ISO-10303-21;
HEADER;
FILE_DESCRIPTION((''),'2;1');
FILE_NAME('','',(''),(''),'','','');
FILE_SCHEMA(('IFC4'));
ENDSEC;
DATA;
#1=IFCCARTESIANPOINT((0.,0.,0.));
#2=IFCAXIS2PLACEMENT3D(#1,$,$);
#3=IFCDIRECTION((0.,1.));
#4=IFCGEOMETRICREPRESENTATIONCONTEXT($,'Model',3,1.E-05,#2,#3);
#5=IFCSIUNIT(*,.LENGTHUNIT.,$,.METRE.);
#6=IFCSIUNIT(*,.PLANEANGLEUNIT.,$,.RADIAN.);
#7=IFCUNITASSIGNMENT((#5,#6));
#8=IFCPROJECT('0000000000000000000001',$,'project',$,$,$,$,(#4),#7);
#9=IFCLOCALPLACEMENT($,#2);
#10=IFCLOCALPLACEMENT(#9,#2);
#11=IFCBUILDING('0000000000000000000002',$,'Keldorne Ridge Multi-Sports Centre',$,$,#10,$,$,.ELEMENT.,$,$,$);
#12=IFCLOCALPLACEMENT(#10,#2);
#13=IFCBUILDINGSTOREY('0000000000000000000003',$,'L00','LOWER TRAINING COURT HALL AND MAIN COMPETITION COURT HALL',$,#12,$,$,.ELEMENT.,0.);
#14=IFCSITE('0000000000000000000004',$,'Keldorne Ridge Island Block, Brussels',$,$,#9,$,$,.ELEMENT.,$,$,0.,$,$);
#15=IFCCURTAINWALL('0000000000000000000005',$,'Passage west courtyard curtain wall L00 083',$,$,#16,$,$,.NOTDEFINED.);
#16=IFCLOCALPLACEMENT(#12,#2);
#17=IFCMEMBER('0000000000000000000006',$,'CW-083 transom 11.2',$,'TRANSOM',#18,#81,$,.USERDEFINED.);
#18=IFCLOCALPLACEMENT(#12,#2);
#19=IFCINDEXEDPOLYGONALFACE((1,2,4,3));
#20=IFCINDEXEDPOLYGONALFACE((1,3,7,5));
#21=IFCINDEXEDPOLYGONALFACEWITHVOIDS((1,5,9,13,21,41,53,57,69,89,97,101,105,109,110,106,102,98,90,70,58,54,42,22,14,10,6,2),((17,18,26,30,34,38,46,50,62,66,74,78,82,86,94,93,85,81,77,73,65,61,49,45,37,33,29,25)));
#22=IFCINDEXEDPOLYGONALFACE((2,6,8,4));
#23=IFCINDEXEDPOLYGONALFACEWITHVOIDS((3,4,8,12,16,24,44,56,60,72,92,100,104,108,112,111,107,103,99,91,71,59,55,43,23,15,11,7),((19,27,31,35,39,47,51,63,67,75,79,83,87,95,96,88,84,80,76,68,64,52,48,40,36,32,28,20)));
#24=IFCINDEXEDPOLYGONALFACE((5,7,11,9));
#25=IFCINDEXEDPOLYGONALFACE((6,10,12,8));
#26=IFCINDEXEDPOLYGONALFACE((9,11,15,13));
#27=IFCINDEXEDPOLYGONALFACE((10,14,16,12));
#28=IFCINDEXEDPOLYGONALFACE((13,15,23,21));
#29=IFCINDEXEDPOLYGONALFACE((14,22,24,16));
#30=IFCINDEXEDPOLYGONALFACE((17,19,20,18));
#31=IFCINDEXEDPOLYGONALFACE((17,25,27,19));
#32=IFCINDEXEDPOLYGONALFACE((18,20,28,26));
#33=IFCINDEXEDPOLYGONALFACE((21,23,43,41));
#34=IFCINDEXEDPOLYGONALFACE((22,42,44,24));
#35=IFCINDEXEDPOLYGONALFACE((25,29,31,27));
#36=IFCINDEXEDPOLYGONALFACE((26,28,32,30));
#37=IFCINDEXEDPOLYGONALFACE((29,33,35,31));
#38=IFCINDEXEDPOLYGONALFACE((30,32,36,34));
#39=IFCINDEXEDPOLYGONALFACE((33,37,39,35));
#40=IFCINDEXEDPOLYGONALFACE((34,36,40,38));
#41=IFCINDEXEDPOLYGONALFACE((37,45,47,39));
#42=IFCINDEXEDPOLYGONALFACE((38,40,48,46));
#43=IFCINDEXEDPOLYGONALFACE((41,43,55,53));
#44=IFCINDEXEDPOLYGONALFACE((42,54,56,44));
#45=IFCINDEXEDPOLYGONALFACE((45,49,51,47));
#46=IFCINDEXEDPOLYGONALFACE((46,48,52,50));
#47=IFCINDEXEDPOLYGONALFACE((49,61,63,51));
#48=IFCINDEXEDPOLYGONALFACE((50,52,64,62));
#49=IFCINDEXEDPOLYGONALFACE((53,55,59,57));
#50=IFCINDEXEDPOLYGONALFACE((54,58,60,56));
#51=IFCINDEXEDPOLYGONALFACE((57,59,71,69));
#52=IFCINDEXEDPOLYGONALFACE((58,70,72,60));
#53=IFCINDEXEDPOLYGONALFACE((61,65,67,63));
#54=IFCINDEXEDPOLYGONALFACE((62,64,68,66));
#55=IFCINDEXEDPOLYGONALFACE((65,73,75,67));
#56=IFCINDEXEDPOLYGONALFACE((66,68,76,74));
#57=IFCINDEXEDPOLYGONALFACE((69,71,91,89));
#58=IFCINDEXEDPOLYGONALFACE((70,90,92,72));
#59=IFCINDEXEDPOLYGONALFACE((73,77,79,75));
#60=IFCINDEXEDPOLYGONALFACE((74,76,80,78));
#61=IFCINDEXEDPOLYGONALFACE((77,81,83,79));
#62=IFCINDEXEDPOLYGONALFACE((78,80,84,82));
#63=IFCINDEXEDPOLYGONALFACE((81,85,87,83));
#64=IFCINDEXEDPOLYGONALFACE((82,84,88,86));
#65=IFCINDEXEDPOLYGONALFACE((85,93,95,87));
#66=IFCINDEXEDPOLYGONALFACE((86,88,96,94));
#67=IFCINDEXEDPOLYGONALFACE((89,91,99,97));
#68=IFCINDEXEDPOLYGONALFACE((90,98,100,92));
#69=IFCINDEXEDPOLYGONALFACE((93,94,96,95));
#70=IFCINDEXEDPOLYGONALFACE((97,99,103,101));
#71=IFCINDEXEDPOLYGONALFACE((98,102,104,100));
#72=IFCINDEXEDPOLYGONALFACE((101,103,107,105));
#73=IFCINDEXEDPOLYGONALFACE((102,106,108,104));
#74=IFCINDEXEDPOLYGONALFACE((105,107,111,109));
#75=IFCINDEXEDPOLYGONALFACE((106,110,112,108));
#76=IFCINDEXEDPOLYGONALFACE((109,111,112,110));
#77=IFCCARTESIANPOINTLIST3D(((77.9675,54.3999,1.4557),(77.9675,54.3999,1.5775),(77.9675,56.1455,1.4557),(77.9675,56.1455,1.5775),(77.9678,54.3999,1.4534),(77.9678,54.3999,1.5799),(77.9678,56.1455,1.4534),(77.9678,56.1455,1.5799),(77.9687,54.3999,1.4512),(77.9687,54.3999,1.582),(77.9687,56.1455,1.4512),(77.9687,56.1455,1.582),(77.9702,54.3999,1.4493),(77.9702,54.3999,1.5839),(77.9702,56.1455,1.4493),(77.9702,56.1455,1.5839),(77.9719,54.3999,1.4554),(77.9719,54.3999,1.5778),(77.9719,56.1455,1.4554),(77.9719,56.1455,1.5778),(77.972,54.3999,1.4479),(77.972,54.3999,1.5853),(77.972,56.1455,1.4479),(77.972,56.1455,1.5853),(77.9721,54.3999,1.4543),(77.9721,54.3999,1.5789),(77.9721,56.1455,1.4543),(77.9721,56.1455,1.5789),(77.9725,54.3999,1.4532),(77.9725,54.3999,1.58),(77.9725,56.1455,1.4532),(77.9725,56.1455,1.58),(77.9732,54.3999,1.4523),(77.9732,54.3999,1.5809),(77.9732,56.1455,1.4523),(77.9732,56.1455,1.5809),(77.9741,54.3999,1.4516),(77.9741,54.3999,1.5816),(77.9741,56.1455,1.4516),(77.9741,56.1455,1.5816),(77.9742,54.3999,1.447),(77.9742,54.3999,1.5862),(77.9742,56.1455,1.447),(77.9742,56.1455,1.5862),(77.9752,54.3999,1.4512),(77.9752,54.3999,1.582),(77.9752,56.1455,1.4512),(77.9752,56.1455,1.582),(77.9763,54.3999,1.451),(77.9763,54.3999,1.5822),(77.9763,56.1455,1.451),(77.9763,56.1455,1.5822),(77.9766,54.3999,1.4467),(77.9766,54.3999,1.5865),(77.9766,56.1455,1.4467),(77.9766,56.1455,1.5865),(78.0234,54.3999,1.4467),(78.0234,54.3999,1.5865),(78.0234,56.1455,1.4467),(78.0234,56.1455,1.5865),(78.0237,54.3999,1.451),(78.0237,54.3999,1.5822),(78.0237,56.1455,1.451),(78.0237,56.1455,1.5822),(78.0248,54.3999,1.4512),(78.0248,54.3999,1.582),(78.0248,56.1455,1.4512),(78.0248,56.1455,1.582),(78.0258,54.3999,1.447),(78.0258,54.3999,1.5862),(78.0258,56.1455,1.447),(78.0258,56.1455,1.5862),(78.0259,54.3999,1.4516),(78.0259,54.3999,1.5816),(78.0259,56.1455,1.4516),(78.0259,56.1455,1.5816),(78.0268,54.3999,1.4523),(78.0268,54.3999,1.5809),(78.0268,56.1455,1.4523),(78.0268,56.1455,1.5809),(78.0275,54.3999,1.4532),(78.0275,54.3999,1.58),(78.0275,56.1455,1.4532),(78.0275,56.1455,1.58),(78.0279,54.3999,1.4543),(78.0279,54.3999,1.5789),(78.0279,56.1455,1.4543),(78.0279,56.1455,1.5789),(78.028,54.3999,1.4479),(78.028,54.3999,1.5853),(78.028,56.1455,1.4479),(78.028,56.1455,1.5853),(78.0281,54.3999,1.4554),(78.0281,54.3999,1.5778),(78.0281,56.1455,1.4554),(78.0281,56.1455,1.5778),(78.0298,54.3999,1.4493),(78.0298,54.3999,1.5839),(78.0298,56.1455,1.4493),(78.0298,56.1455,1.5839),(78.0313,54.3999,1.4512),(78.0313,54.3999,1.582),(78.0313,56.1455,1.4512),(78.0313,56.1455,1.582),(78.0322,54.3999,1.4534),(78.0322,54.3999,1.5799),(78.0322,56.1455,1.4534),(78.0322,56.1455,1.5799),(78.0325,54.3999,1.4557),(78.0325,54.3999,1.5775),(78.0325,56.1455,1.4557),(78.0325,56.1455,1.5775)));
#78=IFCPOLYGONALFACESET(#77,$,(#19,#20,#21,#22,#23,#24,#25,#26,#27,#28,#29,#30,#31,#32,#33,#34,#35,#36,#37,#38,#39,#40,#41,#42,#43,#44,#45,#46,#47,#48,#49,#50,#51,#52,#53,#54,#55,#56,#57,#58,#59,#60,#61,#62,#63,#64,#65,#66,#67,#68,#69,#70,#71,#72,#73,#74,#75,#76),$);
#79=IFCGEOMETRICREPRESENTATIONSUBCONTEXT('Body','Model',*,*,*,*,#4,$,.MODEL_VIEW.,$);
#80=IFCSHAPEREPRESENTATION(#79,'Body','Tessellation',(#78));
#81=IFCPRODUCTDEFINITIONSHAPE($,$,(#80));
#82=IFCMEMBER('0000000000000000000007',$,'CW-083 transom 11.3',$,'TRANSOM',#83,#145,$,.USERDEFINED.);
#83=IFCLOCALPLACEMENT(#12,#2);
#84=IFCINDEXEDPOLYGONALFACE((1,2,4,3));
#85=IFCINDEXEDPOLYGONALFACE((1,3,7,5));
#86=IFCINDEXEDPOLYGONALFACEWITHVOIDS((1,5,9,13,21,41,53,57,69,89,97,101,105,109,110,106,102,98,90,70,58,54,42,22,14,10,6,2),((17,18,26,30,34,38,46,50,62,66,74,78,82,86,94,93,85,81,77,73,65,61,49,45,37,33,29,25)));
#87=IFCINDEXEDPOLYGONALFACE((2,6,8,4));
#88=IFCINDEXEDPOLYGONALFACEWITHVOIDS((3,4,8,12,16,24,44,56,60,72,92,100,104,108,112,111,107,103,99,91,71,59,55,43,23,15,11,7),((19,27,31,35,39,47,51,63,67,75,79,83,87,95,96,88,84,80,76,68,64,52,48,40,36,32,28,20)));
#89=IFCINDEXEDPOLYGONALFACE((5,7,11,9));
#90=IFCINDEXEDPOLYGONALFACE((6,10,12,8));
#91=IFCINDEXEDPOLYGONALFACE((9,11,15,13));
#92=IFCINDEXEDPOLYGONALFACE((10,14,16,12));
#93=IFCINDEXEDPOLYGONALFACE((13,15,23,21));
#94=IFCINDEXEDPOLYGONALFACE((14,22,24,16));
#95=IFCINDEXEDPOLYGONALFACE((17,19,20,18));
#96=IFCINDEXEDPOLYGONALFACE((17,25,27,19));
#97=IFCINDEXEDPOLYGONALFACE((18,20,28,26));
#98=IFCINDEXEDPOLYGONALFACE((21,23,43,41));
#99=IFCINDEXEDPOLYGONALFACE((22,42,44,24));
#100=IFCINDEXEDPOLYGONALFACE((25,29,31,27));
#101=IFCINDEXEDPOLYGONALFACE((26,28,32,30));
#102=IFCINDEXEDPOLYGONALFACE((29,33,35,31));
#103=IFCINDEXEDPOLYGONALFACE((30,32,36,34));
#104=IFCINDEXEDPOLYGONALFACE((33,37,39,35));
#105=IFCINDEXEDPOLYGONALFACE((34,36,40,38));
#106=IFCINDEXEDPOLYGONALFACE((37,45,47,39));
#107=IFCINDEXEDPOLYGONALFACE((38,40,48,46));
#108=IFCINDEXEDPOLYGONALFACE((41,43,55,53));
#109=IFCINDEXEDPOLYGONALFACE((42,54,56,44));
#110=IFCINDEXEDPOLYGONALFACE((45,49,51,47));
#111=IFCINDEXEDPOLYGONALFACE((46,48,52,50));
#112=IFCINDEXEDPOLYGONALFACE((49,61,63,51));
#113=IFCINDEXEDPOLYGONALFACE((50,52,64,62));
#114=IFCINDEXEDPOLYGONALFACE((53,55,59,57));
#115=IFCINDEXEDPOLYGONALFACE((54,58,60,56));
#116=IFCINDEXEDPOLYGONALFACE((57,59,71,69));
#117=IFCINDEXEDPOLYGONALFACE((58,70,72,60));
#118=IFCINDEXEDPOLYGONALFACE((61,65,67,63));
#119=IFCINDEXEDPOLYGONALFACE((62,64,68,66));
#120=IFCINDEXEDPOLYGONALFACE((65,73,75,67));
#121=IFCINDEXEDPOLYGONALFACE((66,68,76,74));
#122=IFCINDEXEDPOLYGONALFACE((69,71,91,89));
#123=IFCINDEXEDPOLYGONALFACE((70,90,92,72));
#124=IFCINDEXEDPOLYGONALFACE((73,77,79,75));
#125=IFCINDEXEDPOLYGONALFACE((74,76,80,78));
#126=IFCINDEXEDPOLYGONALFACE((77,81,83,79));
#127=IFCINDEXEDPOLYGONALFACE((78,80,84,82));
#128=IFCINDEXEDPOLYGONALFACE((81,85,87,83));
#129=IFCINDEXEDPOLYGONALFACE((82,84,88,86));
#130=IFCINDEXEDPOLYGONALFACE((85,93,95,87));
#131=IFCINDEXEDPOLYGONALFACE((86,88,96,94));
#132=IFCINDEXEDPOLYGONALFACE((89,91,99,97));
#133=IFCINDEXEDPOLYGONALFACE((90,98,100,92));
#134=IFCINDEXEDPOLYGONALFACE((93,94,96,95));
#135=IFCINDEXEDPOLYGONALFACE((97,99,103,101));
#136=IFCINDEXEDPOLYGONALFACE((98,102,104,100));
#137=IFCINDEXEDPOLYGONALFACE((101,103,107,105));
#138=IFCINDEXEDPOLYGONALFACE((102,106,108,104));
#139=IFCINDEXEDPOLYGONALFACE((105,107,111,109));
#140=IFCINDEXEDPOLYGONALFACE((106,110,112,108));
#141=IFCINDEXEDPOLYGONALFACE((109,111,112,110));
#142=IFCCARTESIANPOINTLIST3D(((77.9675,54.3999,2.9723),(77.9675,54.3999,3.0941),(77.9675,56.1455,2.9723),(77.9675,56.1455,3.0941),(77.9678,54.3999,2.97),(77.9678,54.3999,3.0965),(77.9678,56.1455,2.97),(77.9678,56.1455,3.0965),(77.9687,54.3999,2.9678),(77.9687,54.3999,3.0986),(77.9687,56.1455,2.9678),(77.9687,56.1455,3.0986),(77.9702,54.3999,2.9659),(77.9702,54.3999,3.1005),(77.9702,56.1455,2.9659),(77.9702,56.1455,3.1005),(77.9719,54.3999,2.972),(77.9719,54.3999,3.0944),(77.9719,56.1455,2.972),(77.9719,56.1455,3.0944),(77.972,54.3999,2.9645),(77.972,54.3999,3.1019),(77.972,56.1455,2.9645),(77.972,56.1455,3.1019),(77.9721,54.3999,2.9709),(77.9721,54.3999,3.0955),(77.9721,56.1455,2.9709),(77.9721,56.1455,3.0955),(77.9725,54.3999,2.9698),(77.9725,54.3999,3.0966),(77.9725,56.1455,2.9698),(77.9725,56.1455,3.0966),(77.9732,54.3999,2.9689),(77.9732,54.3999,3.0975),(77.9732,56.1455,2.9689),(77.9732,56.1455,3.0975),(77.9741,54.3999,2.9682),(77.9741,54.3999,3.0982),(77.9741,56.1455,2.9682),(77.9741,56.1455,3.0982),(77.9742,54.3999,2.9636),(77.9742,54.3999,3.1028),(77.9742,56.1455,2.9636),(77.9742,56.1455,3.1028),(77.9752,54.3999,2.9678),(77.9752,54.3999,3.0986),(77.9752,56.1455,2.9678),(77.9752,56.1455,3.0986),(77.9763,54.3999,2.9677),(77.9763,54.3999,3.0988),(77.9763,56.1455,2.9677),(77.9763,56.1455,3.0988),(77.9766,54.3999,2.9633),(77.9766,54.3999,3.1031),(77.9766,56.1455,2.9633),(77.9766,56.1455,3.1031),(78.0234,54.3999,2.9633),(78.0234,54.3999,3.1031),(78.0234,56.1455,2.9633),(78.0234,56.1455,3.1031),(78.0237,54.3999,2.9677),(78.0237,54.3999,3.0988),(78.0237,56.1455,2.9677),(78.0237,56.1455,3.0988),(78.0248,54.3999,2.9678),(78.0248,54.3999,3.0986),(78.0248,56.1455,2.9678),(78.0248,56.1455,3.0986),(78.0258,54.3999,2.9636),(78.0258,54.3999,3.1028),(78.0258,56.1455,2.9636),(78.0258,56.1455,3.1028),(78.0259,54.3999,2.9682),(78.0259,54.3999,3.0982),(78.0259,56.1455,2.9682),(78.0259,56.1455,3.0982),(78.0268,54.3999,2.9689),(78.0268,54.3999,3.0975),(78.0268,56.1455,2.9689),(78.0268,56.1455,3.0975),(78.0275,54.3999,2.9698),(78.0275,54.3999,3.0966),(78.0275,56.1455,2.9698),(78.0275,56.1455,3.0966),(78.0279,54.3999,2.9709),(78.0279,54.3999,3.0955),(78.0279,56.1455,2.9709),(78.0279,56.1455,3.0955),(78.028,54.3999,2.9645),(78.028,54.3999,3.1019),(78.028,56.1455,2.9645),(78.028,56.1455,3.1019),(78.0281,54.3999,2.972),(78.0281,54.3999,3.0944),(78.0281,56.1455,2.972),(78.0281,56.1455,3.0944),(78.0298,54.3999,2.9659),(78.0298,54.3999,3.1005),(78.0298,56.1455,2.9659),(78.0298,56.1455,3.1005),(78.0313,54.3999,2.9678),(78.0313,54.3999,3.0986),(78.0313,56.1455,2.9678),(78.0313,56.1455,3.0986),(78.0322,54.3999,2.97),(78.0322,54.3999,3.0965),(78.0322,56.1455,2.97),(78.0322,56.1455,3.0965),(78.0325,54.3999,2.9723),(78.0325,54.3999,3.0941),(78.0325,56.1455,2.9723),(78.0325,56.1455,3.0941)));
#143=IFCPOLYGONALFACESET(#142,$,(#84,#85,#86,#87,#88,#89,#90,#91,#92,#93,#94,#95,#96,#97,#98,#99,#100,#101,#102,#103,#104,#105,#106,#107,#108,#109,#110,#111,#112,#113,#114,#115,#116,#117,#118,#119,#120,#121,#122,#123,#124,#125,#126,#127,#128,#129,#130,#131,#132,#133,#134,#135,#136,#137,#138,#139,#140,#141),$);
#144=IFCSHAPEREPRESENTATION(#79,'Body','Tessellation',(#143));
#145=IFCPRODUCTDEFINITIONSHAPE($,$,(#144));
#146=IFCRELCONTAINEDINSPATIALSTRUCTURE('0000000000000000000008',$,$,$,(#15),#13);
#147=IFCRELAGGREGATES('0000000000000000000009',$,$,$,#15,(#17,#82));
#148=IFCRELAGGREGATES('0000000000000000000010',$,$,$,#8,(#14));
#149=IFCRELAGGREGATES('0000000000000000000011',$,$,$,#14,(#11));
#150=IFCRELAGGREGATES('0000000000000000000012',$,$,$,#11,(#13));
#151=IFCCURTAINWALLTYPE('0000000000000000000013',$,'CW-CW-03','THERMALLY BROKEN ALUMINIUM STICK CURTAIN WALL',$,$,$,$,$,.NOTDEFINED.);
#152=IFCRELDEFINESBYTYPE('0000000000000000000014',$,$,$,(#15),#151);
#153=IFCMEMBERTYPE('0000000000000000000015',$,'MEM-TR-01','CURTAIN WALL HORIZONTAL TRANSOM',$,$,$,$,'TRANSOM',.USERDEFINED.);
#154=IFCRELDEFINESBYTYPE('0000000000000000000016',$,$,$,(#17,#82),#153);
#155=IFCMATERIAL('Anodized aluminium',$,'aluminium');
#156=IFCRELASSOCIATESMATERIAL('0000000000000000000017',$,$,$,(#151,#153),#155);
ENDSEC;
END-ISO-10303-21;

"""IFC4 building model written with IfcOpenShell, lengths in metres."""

from ifc_helpers import new_model, si_unit, direction, frame, origin, origin_2d, place, context, subcontext, project, spatial, hollow_rectangle, extrude, material, material_profile, profile_set, type_object, element, aggregate, save


model = new_model("IFC4")

# Units and contexts
model_context = context("Model", 3, precision=1e-05, world=origin(), true_north=direction((0.0, 1.0)))
body_context = subcontext(model_context, "Body", "Model", "MODEL_VIEW")
ifc_project = project(units=[si_unit("LENGTHUNIT", "METRE"), si_unit("PLANEANGLEUNIT", "RADIAN")], contexts=[model_context])

# Site, building, storey
site_placement = place(None, origin())
site = spatial("IfcSite", under=ifc_project, at=site_placement, Name="Keldorne Ridge Island Block, Brussels", CompositionType="ELEMENT", RefElevation=0.0)
building_placement = place(site_placement, origin())
building = spatial("IfcBuilding", under=site, at=building_placement, Name="Keldorne Ridge Multi-Sports Centre", CompositionType="ELEMENT")
storey_placement = place(building_placement, origin())
storey = spatial("IfcBuildingStorey", under=building, at=storey_placement, Name="L00", Description="LOWER TRAINING COURT HALL AND MAIN COMPETITION COURT HALL", CompositionType="ELEMENT", Elevation=0.0)

# Curtain wall, members
ifc_material_1 = material(Name="Anodized aluminium", Category="aluminium")
curtain_wall_type = type_object("IfcCurtainWallType", Name="CW-CW-03", Description="THERMALLY BROKEN ALUMINIUM STICK CURTAIN WALL", PredefinedType="NOTDEFINED", material=ifc_material_1)
curtain_wall_placement = place(storey_placement, origin())
curtain_wall = element("IfcCurtainWall", 1, at=curtain_wall_placement, inside=storey, type_object=curtain_wall_type, Name="Passage west courtyard curtain wall L00 083", PredefinedType="NOTDEFINED")
ifc_material_profile_1 = material_profile(ifc_material_1, hollow_rectangle(XDim=0.0649, YDim=0.1399, WallThickness=0.0044, InnerFilletRadius=0.0044, OuterFilletRadius=0.009, at=origin_2d()), Name="ALU TRANSOM 140x65x4.5")
ifc_profile_set_1 = profile_set([ifc_material_profile_1], Name="Anodized aluminium")
member_type_1 = type_object("IfcMemberType", Name="MEM-TR-01", Description="CURTAIN WALL HORIZONTAL TRANSOM", ElementType="TRANSOM", PredefinedType="USERDEFINED", material=ifc_profile_set_1)
member_1_placement = place(storey_placement, frame((78.0, 56.1455, 1.5166), z_axis=(0.0, -1.0, 0.0), x_axis=(1.0, 0.0, 0.0)))
member_1 = element("IfcMember", 2, at=member_1_placement, type_object=member_type_1, Name="CW-083 transom 11.2", ObjectType="TRANSOM", PredefinedType="USERDEFINED", context=body_context, shape_type="SweptSolid", body=[
    extrude(hollow_rectangle(XDim=0.0649, YDim=0.1399, WallThickness=0.0044, InnerFilletRadius=0.0044, OuterFilletRadius=0.009, at=origin_2d()), origin(), (0.0, 0.0, 1.0), 1.7456),
])
member_2_placement = place(storey_placement, frame((78.0, 56.1455, 3.0332), z_axis=(0.0, -1.0, 0.0), x_axis=(1.0, 0.0, 0.0)))
member_2 = element("IfcMember", 3, at=member_2_placement, type_object=member_type_1, Name="CW-083 transom 11.3", ObjectType="TRANSOM", PredefinedType="USERDEFINED", context=body_context, shape_type="SweptSolid", body=[
    extrude(hollow_rectangle(XDim=0.0649, YDim=0.1399, WallThickness=0.0044, InnerFilletRadius=0.0044, OuterFilletRadius=0.009, at=origin_2d()), origin(), (0.0, 0.0, 1.0), 1.7456),
])

aggregate(curtain_wall, [member_1, member_2])

save(model, "model.ifc")
